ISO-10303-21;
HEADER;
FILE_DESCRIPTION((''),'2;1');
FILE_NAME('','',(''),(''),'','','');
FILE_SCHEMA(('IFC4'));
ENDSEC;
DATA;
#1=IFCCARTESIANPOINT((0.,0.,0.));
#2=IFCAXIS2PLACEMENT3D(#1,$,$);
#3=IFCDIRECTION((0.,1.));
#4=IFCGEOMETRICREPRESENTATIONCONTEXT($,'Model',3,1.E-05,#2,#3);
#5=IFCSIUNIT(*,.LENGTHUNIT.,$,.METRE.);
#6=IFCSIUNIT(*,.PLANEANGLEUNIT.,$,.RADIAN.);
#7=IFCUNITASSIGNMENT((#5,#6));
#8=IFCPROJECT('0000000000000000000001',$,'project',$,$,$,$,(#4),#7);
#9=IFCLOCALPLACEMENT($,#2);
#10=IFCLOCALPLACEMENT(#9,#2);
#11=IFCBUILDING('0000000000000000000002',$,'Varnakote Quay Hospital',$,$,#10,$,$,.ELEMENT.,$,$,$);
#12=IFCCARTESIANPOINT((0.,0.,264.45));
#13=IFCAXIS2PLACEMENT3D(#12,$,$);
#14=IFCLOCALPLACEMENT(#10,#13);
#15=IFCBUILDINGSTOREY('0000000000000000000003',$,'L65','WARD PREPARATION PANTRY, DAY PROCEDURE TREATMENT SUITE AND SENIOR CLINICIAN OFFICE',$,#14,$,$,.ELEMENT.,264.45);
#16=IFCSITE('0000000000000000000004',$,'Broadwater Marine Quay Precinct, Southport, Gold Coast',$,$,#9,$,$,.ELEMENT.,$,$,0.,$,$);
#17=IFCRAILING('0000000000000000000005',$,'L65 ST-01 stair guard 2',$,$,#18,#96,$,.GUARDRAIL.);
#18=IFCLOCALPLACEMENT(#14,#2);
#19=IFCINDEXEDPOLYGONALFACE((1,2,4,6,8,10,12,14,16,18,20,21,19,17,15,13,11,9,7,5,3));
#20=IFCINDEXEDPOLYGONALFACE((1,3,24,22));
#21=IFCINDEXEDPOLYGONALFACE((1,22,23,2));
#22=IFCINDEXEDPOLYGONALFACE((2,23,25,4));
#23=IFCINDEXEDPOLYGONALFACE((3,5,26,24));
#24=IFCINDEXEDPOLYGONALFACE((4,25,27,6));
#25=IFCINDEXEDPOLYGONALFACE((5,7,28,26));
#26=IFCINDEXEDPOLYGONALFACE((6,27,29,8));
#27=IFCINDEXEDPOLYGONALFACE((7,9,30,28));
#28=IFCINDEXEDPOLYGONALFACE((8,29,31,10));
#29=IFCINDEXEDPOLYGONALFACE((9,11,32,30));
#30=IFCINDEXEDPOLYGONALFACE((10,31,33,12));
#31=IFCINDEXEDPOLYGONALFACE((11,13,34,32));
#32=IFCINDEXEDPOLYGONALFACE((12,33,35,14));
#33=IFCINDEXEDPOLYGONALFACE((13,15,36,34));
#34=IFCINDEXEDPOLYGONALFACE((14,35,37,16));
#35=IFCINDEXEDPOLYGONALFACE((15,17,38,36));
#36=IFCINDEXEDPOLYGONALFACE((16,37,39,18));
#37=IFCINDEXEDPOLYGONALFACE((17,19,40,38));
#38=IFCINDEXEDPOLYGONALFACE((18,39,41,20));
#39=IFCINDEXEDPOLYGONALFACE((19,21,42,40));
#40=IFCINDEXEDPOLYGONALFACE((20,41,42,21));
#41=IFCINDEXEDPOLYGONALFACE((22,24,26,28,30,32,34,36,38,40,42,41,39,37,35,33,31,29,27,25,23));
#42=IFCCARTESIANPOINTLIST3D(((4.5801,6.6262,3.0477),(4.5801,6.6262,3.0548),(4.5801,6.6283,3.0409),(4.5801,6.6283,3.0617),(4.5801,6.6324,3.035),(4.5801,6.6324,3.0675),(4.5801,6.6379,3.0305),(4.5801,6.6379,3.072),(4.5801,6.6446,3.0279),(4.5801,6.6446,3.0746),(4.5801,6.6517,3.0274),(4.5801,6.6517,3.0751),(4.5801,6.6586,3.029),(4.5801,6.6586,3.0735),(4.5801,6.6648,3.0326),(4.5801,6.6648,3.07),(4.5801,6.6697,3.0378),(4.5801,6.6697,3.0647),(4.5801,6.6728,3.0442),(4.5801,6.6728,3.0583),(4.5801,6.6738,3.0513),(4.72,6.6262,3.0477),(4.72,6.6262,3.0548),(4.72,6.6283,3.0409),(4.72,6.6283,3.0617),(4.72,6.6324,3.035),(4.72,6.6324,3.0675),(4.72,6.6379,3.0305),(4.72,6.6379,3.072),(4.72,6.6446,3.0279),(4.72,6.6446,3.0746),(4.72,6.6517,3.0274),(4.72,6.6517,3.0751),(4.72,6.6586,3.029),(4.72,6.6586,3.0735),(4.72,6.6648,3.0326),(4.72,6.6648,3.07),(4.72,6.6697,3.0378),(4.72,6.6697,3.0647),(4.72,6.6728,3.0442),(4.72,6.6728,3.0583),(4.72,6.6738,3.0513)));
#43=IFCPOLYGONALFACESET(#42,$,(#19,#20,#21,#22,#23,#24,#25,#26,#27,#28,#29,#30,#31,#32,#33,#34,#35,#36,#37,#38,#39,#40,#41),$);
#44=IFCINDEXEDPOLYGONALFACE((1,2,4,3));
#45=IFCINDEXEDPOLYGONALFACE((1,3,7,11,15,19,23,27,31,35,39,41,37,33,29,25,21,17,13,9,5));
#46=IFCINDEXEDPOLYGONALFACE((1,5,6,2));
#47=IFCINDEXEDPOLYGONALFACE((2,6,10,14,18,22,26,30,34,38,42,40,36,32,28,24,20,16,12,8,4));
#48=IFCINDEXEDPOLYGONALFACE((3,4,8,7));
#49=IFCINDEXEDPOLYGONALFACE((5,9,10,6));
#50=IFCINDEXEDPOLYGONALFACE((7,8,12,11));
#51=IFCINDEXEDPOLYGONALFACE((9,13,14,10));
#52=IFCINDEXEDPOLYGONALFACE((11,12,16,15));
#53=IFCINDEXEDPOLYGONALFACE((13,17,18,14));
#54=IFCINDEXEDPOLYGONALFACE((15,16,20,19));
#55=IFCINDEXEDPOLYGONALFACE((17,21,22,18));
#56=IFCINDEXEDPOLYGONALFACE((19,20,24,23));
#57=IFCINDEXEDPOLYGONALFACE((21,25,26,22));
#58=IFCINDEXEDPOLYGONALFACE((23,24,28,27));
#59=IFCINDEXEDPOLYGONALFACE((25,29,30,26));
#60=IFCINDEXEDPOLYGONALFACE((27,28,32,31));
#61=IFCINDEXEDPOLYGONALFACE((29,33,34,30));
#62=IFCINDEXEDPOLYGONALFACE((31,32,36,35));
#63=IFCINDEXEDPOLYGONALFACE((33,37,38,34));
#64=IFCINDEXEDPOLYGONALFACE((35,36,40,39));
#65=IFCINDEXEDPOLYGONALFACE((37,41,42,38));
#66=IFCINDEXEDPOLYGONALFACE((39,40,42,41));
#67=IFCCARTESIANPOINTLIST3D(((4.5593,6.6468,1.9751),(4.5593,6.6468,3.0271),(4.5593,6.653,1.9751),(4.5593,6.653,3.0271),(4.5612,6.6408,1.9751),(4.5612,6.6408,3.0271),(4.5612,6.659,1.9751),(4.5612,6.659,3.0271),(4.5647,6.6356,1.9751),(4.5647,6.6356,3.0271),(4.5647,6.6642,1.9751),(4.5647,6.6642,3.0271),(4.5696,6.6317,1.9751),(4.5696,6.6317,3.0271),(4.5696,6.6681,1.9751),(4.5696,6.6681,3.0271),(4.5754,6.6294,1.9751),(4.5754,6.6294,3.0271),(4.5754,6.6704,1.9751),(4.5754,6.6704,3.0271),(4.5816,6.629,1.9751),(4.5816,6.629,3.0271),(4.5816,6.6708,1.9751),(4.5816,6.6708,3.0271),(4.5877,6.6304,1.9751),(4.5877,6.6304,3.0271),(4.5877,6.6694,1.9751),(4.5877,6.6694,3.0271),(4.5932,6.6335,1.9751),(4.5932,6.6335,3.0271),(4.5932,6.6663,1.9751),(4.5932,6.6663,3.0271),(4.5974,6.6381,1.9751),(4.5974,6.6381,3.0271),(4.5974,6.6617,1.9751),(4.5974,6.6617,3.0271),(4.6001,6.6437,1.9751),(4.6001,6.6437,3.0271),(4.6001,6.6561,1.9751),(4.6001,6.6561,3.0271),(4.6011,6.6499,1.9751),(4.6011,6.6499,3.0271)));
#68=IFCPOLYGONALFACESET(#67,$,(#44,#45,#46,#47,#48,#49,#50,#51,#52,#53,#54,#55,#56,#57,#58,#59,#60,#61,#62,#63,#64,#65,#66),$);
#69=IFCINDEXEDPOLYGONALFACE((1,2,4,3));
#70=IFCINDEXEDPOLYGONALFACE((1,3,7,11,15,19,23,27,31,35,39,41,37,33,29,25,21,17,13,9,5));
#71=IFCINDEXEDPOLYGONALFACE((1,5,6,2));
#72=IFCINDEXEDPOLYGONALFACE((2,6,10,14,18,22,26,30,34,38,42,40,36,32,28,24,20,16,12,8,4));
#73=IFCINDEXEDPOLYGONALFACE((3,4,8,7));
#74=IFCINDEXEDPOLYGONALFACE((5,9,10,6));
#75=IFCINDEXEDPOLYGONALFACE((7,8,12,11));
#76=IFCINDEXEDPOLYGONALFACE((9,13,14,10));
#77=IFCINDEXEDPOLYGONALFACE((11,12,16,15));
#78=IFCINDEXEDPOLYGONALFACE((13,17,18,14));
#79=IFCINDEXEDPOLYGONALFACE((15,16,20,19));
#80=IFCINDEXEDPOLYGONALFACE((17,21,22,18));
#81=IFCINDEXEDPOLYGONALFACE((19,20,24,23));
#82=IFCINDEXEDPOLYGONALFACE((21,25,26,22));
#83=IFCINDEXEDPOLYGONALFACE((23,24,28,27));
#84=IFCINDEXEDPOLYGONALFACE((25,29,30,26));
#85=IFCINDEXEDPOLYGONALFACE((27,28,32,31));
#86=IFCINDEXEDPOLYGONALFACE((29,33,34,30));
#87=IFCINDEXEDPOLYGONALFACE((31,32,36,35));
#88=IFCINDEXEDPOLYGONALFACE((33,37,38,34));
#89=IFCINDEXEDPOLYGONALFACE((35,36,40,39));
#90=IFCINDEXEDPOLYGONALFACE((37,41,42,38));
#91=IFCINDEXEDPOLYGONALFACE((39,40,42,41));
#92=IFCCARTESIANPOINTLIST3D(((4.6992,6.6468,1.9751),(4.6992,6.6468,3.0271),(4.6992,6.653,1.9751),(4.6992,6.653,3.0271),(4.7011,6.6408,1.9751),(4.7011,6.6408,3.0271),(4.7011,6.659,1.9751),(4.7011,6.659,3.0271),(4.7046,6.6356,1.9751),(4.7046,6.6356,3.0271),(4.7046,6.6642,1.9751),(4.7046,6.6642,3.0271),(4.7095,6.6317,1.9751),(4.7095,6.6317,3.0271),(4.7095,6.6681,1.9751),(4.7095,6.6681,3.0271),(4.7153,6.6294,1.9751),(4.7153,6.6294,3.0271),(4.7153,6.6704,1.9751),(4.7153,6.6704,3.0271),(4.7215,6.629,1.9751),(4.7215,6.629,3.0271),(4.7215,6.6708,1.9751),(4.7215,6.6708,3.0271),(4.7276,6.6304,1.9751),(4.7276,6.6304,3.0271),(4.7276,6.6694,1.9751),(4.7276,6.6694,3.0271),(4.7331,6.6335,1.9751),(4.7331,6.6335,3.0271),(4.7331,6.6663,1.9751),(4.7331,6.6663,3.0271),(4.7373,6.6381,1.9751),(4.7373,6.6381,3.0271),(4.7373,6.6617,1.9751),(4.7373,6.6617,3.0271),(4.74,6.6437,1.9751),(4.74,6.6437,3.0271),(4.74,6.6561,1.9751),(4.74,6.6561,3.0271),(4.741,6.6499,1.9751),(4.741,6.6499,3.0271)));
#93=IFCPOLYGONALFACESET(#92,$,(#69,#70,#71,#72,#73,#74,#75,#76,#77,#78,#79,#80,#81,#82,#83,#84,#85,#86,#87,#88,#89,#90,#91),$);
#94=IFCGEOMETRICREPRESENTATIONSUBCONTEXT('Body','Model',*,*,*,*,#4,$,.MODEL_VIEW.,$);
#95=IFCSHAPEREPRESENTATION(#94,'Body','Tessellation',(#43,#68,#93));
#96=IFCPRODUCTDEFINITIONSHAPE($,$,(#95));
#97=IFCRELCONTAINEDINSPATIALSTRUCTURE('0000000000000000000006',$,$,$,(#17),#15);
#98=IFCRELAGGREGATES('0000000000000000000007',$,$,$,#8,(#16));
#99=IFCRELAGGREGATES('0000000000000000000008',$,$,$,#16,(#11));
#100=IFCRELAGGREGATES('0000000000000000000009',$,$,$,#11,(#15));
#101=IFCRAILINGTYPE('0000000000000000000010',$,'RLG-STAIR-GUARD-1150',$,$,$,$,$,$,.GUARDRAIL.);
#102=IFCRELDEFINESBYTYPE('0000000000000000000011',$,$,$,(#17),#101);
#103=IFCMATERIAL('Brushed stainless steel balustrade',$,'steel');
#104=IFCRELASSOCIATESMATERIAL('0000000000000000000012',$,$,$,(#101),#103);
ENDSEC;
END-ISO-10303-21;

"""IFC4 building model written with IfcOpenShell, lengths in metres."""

from ifc_helpers import new_model, si_unit, direction, frame, origin, origin_2d, place, context, subcontext, project, spatial, circle, extrude, material, type_object, element, save


model = new_model("IFC4")

# Units and contexts
model_context = context("Model", 3, precision=1e-05, world=origin(), true_north=direction((0.0, 1.0)))
body_context = subcontext(model_context, "Body", "Model", "MODEL_VIEW")
ifc_project = project(units=[si_unit("LENGTHUNIT", "METRE"), si_unit("PLANEANGLEUNIT", "RADIAN")], contexts=[model_context])

# Site, building, storey
site_placement = place(None, origin())
site = spatial("IfcSite", under=ifc_project, at=site_placement, Name="Broadwater Marine Quay Precinct, Southport, Gold Coast", CompositionType="ELEMENT", RefElevation=0.0)
building_placement = place(site_placement, origin())
building = spatial("IfcBuilding", under=site, at=building_placement, Name="Varnakote Quay Hospital", CompositionType="ELEMENT")
storey_placement = place(building_placement, frame((0.0, 0.0, 264.45)))
storey = spatial("IfcBuildingStorey", under=building, at=storey_placement, Name="L65", Description="WARD PREPARATION PANTRY, DAY PROCEDURE TREATMENT SUITE AND SENIOR CLINICIAN OFFICE", CompositionType="ELEMENT", Elevation=264.45)

# Railing
ifc_material_1 = material(Name="Brushed stainless steel balustrade", Category="steel")
railing_type_1 = type_object("IfcRailingType", Name="RLG-STAIR-GUARD-1150", PredefinedType="GUARDRAIL", material=ifc_material_1)
railing_1_placement = place(storey_placement, frame((4.5801, 6.6499, 1.9751)))
element("IfcRailing", 1, at=railing_1_placement, inside=storey, type_object=railing_type_1, Name="L65 ST-01 stair guard 2", PredefinedType="GUARDRAIL", context=body_context, shape_type="SweptSolid", body=[
    extrude(circle(Radius=0.0239, at=origin_2d()), frame((0.0, 0.0, 1.0762), z_axis=(1.0, 0.0, 0.0), x_axis=(0.0, 1.0, 0.0)), (0.0, 0.0, 1.0), 0.1399),
    extrude(circle(Radius=0.021, at=origin_2d()), origin(), (0.0, 0.0, 1.0), 1.052),
    extrude(circle(Radius=0.021, at=origin_2d()), frame((0.1399, 0.0, 0.0)), (0.0, 0.0, 1.0), 1.052),
])

save(model, "model.ifc")
